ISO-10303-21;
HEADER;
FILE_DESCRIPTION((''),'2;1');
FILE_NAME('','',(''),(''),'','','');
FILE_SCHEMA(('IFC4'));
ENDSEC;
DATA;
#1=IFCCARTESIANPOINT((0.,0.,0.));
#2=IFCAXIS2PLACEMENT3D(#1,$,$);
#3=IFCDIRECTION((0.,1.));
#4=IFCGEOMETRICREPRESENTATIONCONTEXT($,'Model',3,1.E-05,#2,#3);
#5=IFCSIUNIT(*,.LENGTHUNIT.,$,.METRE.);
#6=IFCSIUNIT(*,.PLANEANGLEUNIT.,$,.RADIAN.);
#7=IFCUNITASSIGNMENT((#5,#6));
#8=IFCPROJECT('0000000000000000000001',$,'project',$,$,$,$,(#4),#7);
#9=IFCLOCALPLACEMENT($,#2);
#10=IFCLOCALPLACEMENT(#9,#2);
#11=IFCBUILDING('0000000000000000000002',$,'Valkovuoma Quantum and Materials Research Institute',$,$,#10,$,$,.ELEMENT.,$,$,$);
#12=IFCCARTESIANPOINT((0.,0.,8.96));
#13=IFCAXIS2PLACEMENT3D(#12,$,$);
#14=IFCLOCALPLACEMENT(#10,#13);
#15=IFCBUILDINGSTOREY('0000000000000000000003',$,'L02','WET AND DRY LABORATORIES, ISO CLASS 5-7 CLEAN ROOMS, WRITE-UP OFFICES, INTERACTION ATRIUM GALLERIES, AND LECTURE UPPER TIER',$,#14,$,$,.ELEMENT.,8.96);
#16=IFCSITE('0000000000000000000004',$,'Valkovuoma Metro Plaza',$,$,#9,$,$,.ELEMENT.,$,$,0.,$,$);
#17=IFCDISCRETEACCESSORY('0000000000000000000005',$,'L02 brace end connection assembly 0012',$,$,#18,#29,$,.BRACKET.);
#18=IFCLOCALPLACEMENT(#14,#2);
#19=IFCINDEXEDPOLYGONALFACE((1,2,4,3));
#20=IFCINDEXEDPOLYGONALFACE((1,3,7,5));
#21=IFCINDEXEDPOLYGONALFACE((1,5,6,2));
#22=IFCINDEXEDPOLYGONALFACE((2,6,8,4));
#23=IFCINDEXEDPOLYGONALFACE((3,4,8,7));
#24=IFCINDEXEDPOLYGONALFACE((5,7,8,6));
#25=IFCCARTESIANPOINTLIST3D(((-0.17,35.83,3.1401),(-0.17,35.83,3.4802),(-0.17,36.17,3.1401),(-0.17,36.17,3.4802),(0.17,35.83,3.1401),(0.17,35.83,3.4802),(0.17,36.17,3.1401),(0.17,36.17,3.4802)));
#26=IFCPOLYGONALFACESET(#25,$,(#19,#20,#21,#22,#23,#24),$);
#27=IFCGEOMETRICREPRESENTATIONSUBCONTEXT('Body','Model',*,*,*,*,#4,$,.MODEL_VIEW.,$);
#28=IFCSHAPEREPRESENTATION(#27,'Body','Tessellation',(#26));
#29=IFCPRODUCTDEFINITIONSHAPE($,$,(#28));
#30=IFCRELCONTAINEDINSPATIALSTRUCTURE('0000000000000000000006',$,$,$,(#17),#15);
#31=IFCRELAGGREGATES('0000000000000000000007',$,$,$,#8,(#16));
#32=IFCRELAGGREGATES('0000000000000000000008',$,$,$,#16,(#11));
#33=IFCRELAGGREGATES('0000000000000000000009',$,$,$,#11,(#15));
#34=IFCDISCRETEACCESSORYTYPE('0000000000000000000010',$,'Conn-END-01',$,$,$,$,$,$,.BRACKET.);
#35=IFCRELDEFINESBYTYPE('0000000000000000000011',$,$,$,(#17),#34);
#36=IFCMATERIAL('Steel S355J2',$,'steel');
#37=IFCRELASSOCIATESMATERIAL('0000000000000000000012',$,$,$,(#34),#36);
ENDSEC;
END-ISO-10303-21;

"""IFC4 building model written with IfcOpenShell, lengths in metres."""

from ifc_helpers import new_model, si_unit, direction, frame, origin, origin_2d, place, context, subcontext, project, spatial, rectangle, extrude, material, type_object, element, save


model = new_model("IFC4")

# Units and contexts
model_context = context("Model", 3, precision=1e-05, world=origin(), true_north=direction((0.0, 1.0)))
body_context = subcontext(model_context, "Body", "Model", "MODEL_VIEW")
ifc_project = project(units=[si_unit("LENGTHUNIT", "METRE"), si_unit("PLANEANGLEUNIT", "RADIAN")], contexts=[model_context])

# Site, building, storey
site_placement = place(None, origin())
site = spatial("IfcSite", under=ifc_project, at=site_placement, Name="Valkovuoma Metro Plaza", CompositionType="ELEMENT", RefElevation=0.0)
building_placement = place(site_placement, origin())
building = spatial("IfcBuilding", under=site, at=building_placement, Name="Valkovuoma Quantum and Materials Research Institute", CompositionType="ELEMENT")
storey_placement = place(building_placement, frame((0.0, 0.0, 8.96)))
storey = spatial("IfcBuildingStorey", under=building, at=storey_placement, Name="L02", Description="WET AND DRY LABORATORIES, ISO CLASS 5-7 CLEAN ROOMS, WRITE-UP OFFICES, INTERACTION ATRIUM GALLERIES, AND LECTURE UPPER TIER", CompositionType="ELEMENT", Elevation=8.96)

# Discrete accessory
ifc_material_1 = material(Name="Steel S355J2", Category="steel")
discrete_accessory_type_1 = type_object("IfcDiscreteAccessoryType", Name="Conn-END-01", PredefinedType="BRACKET", material=ifc_material_1)
discrete_accessory_placement = place(storey_placement, frame((0.0, 36.0, 3.1401), z_axis=(0.0, 0.0, 1.0), x_axis=(1.0, 0.0, 0.0)))
element("IfcDiscreteAccessory", 1, at=discrete_accessory_placement, inside=storey, type_object=discrete_accessory_type_1, Name="L02 brace end connection assembly 0012", PredefinedType="BRACKET", context=body_context, shape_type="SweptSolid", body=[
    extrude(rectangle(XDim=0.3401, YDim=0.3401, at=origin_2d()), origin(), (0.0, 0.0, 1.0), 0.3401),
])

save(model, "model.ifc")
